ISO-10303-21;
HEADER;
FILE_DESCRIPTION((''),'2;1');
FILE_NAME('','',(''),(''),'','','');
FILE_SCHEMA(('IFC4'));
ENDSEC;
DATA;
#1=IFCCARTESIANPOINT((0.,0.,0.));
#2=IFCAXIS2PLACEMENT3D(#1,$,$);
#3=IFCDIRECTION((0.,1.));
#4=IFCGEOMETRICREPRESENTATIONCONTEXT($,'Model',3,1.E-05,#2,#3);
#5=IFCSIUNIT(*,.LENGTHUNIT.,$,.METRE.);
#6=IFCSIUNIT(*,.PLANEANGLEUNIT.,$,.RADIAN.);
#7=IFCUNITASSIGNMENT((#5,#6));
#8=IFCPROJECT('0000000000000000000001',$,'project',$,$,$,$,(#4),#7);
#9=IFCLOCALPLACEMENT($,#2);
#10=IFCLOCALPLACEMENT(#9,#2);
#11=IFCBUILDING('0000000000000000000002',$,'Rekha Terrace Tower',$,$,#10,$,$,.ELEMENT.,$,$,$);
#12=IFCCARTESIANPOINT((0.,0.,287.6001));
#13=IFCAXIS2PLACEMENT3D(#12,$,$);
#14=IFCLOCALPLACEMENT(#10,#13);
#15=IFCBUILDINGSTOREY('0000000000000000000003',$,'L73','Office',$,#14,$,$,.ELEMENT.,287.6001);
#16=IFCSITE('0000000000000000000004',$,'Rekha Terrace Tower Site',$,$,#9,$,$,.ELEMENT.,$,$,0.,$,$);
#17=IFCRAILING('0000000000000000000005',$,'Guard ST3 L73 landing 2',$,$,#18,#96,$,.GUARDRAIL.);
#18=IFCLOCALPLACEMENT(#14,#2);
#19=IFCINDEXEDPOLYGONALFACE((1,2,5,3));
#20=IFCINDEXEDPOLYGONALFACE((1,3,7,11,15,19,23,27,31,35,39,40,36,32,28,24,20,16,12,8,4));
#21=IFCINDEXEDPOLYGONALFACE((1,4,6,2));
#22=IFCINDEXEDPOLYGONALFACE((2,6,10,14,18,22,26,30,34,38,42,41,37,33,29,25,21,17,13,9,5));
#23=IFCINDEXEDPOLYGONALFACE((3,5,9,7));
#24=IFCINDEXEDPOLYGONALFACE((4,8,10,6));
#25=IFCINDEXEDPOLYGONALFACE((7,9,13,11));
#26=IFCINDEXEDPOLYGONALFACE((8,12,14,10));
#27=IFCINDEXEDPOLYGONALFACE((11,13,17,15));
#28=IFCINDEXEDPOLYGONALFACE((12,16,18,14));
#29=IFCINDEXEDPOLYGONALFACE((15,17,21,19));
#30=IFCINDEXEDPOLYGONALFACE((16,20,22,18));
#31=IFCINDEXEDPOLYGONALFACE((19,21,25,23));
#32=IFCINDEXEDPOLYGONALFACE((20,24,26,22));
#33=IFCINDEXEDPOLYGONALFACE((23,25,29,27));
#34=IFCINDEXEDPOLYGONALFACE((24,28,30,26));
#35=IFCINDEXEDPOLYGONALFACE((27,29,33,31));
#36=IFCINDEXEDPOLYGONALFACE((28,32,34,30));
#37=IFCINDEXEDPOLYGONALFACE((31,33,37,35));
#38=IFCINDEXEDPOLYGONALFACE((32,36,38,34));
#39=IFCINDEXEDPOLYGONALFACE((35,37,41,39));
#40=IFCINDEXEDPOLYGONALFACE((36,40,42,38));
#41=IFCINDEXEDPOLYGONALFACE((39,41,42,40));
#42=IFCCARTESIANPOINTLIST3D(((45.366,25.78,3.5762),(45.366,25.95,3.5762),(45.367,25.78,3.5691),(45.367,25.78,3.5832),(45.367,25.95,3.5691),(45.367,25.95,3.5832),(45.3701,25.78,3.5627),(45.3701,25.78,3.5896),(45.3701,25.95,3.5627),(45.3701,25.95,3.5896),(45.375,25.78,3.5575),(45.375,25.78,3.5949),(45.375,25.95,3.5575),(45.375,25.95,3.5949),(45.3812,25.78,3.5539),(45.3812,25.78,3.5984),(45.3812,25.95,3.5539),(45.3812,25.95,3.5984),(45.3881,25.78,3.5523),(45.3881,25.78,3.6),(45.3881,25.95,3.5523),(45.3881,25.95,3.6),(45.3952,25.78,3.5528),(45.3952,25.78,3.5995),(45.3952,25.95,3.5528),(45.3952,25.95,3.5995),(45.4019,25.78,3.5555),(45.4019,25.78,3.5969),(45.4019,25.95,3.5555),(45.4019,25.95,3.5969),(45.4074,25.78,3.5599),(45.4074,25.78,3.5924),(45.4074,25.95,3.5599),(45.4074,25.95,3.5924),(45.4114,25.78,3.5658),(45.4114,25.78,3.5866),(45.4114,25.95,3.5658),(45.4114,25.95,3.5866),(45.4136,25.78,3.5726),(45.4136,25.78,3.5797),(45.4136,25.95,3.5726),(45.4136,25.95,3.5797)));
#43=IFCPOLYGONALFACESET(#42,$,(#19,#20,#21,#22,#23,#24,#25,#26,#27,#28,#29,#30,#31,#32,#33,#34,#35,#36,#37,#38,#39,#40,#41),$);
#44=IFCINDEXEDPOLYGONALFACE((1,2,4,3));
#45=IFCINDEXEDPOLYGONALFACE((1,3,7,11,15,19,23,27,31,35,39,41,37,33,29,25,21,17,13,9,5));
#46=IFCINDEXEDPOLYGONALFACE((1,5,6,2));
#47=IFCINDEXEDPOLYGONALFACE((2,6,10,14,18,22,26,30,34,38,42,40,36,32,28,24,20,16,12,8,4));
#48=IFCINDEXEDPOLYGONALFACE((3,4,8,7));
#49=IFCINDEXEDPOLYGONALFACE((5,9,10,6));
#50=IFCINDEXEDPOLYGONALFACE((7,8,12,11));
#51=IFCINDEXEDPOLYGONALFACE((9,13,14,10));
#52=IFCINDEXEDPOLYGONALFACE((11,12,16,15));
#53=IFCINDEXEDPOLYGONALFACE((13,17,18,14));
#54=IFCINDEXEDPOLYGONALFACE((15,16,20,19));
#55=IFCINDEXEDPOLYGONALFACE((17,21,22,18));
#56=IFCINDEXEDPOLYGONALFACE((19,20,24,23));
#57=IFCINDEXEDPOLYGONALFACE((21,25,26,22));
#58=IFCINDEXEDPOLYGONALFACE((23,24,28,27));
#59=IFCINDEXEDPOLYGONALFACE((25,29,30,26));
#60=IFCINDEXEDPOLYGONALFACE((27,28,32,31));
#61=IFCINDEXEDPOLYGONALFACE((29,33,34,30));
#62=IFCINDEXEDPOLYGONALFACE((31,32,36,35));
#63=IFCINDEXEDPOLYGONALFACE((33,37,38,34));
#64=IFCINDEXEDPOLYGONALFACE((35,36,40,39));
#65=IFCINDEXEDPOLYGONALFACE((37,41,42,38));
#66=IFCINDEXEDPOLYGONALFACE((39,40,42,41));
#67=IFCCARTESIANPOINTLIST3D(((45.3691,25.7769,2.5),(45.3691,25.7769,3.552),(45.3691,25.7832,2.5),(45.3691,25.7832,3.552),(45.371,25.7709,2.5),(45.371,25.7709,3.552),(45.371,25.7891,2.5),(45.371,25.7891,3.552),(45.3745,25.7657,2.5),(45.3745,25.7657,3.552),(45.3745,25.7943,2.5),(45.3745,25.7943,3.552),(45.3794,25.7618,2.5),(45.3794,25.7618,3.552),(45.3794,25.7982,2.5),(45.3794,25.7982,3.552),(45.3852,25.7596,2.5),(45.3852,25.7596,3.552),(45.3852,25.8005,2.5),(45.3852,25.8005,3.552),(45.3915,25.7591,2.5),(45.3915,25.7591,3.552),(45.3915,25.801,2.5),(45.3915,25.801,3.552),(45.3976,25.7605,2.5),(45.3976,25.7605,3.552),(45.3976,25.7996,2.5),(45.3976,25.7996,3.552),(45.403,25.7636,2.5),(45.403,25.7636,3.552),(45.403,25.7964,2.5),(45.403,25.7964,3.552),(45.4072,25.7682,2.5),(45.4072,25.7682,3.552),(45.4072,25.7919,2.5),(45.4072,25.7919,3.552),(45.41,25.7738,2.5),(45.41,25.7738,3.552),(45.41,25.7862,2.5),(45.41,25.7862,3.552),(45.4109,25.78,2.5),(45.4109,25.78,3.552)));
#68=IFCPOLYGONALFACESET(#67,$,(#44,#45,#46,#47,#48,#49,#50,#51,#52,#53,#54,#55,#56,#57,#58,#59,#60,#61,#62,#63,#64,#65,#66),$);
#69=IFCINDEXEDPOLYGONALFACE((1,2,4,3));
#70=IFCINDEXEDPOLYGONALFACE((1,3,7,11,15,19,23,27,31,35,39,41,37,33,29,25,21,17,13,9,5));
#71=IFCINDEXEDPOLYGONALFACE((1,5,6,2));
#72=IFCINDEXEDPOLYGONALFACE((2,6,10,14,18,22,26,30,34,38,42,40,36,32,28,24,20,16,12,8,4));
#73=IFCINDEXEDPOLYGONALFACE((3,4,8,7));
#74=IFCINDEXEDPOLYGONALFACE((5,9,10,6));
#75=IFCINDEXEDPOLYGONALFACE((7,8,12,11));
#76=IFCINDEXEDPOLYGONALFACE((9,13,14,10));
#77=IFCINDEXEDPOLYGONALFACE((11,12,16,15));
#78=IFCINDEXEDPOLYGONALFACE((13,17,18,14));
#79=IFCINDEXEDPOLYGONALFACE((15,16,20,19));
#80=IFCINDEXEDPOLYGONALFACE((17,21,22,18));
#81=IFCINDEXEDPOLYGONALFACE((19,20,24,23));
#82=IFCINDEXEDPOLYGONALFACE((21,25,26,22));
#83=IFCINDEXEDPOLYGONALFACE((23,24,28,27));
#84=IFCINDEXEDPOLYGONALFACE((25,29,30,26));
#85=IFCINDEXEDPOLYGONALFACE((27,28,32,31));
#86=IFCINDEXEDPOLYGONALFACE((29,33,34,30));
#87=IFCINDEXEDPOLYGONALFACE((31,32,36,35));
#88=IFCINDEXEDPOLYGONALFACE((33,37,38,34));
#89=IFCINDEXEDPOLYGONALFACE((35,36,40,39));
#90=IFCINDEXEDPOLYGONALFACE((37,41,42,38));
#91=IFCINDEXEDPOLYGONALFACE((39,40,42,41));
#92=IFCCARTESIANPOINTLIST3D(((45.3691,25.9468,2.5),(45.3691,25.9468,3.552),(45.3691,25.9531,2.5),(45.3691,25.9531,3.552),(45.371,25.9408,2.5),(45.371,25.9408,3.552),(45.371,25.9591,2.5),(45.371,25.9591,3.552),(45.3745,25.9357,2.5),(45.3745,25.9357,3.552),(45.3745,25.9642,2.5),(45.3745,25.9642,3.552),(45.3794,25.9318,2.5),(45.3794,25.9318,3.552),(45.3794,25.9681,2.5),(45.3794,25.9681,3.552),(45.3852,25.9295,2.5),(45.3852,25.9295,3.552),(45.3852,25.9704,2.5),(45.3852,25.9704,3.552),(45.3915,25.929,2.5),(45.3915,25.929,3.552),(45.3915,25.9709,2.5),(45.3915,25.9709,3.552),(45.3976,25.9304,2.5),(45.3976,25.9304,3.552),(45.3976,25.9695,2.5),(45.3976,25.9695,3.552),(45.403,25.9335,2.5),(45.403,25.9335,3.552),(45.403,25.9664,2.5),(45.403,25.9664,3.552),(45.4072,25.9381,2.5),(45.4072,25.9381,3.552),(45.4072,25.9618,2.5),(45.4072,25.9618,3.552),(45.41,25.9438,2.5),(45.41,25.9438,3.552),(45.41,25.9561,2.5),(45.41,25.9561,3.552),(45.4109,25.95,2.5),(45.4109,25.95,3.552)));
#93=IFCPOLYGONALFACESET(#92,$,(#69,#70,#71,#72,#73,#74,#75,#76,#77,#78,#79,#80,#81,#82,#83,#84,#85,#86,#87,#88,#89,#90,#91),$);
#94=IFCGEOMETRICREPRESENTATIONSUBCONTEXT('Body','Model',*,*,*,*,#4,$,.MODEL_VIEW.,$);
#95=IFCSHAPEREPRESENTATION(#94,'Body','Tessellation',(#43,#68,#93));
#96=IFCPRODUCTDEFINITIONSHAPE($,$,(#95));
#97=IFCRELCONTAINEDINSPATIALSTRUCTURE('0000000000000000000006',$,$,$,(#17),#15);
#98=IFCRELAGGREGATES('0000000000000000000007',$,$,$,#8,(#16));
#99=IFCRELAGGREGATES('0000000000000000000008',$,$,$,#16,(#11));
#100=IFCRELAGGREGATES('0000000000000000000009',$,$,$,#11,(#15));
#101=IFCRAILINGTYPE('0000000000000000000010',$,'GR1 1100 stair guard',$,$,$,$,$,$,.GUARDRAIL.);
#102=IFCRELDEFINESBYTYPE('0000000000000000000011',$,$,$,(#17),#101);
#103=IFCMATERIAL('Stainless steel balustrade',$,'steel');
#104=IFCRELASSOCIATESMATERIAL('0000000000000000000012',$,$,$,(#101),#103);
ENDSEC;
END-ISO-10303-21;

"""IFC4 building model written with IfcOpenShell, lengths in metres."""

from ifc_helpers import new_model, si_unit, direction, frame, origin, origin_2d, place, context, subcontext, project, spatial, circle, extrude, material, type_object, element, save


model = new_model("IFC4")

# Units and contexts
model_context = context("Model", 3, precision=1e-05, world=origin(), true_north=direction((0.0, 1.0)))
body_context = subcontext(model_context, "Body", "Model", "MODEL_VIEW")
ifc_project = project(units=[si_unit("LENGTHUNIT", "METRE"), si_unit("PLANEANGLEUNIT", "RADIAN")], contexts=[model_context])

# Site, building, storey
site_placement = place(None, origin())
site = spatial("IfcSite", under=ifc_project, at=site_placement, Name="Rekha Terrace Tower Site", CompositionType="ELEMENT", RefElevation=0.0)
building_placement = place(site_placement, origin())
building = spatial("IfcBuilding", under=site, at=building_placement, Name="Rekha Terrace Tower", CompositionType="ELEMENT")
storey_placement = place(building_placement, frame((0.0, 0.0, 287.6001)))
storey = spatial("IfcBuildingStorey", under=building, at=storey_placement, Name="L73", Description="Office", CompositionType="ELEMENT", Elevation=287.6001)

# Railing
ifc_material_1 = material(Name="Stainless steel balustrade", Category="steel")
railing_type_1 = type_object("IfcRailingType", Name="GR1 1100 stair guard", PredefinedType="GUARDRAIL", material=ifc_material_1)
railing_1_placement = place(storey_placement, frame((45.3899, 25.78, 2.5)))
element("IfcRailing", 1, at=railing_1_placement, inside=storey, type_object=railing_type_1, Name="Guard ST3 L73 landing 2", PredefinedType="GUARDRAIL", context=body_context, shape_type="SweptSolid", body=[
    extrude(circle(Radius=0.0239, at=origin_2d()), frame((0.0, 0.0, 1.0762), z_axis=(0.0, 1.0, 0.0), x_axis=(-1.0, 0.0, 0.0)), (0.0, 0.0, 1.0), 0.1699),
    extrude(circle(Radius=0.021, at=origin_2d()), origin(), (0.0, 0.0, 1.0), 1.052),
    extrude(circle(Radius=0.021, at=origin_2d()), frame((0.0, 0.1699, 0.0)), (0.0, 0.0, 1.0), 1.052),
])

save(model, "model.ifc")
